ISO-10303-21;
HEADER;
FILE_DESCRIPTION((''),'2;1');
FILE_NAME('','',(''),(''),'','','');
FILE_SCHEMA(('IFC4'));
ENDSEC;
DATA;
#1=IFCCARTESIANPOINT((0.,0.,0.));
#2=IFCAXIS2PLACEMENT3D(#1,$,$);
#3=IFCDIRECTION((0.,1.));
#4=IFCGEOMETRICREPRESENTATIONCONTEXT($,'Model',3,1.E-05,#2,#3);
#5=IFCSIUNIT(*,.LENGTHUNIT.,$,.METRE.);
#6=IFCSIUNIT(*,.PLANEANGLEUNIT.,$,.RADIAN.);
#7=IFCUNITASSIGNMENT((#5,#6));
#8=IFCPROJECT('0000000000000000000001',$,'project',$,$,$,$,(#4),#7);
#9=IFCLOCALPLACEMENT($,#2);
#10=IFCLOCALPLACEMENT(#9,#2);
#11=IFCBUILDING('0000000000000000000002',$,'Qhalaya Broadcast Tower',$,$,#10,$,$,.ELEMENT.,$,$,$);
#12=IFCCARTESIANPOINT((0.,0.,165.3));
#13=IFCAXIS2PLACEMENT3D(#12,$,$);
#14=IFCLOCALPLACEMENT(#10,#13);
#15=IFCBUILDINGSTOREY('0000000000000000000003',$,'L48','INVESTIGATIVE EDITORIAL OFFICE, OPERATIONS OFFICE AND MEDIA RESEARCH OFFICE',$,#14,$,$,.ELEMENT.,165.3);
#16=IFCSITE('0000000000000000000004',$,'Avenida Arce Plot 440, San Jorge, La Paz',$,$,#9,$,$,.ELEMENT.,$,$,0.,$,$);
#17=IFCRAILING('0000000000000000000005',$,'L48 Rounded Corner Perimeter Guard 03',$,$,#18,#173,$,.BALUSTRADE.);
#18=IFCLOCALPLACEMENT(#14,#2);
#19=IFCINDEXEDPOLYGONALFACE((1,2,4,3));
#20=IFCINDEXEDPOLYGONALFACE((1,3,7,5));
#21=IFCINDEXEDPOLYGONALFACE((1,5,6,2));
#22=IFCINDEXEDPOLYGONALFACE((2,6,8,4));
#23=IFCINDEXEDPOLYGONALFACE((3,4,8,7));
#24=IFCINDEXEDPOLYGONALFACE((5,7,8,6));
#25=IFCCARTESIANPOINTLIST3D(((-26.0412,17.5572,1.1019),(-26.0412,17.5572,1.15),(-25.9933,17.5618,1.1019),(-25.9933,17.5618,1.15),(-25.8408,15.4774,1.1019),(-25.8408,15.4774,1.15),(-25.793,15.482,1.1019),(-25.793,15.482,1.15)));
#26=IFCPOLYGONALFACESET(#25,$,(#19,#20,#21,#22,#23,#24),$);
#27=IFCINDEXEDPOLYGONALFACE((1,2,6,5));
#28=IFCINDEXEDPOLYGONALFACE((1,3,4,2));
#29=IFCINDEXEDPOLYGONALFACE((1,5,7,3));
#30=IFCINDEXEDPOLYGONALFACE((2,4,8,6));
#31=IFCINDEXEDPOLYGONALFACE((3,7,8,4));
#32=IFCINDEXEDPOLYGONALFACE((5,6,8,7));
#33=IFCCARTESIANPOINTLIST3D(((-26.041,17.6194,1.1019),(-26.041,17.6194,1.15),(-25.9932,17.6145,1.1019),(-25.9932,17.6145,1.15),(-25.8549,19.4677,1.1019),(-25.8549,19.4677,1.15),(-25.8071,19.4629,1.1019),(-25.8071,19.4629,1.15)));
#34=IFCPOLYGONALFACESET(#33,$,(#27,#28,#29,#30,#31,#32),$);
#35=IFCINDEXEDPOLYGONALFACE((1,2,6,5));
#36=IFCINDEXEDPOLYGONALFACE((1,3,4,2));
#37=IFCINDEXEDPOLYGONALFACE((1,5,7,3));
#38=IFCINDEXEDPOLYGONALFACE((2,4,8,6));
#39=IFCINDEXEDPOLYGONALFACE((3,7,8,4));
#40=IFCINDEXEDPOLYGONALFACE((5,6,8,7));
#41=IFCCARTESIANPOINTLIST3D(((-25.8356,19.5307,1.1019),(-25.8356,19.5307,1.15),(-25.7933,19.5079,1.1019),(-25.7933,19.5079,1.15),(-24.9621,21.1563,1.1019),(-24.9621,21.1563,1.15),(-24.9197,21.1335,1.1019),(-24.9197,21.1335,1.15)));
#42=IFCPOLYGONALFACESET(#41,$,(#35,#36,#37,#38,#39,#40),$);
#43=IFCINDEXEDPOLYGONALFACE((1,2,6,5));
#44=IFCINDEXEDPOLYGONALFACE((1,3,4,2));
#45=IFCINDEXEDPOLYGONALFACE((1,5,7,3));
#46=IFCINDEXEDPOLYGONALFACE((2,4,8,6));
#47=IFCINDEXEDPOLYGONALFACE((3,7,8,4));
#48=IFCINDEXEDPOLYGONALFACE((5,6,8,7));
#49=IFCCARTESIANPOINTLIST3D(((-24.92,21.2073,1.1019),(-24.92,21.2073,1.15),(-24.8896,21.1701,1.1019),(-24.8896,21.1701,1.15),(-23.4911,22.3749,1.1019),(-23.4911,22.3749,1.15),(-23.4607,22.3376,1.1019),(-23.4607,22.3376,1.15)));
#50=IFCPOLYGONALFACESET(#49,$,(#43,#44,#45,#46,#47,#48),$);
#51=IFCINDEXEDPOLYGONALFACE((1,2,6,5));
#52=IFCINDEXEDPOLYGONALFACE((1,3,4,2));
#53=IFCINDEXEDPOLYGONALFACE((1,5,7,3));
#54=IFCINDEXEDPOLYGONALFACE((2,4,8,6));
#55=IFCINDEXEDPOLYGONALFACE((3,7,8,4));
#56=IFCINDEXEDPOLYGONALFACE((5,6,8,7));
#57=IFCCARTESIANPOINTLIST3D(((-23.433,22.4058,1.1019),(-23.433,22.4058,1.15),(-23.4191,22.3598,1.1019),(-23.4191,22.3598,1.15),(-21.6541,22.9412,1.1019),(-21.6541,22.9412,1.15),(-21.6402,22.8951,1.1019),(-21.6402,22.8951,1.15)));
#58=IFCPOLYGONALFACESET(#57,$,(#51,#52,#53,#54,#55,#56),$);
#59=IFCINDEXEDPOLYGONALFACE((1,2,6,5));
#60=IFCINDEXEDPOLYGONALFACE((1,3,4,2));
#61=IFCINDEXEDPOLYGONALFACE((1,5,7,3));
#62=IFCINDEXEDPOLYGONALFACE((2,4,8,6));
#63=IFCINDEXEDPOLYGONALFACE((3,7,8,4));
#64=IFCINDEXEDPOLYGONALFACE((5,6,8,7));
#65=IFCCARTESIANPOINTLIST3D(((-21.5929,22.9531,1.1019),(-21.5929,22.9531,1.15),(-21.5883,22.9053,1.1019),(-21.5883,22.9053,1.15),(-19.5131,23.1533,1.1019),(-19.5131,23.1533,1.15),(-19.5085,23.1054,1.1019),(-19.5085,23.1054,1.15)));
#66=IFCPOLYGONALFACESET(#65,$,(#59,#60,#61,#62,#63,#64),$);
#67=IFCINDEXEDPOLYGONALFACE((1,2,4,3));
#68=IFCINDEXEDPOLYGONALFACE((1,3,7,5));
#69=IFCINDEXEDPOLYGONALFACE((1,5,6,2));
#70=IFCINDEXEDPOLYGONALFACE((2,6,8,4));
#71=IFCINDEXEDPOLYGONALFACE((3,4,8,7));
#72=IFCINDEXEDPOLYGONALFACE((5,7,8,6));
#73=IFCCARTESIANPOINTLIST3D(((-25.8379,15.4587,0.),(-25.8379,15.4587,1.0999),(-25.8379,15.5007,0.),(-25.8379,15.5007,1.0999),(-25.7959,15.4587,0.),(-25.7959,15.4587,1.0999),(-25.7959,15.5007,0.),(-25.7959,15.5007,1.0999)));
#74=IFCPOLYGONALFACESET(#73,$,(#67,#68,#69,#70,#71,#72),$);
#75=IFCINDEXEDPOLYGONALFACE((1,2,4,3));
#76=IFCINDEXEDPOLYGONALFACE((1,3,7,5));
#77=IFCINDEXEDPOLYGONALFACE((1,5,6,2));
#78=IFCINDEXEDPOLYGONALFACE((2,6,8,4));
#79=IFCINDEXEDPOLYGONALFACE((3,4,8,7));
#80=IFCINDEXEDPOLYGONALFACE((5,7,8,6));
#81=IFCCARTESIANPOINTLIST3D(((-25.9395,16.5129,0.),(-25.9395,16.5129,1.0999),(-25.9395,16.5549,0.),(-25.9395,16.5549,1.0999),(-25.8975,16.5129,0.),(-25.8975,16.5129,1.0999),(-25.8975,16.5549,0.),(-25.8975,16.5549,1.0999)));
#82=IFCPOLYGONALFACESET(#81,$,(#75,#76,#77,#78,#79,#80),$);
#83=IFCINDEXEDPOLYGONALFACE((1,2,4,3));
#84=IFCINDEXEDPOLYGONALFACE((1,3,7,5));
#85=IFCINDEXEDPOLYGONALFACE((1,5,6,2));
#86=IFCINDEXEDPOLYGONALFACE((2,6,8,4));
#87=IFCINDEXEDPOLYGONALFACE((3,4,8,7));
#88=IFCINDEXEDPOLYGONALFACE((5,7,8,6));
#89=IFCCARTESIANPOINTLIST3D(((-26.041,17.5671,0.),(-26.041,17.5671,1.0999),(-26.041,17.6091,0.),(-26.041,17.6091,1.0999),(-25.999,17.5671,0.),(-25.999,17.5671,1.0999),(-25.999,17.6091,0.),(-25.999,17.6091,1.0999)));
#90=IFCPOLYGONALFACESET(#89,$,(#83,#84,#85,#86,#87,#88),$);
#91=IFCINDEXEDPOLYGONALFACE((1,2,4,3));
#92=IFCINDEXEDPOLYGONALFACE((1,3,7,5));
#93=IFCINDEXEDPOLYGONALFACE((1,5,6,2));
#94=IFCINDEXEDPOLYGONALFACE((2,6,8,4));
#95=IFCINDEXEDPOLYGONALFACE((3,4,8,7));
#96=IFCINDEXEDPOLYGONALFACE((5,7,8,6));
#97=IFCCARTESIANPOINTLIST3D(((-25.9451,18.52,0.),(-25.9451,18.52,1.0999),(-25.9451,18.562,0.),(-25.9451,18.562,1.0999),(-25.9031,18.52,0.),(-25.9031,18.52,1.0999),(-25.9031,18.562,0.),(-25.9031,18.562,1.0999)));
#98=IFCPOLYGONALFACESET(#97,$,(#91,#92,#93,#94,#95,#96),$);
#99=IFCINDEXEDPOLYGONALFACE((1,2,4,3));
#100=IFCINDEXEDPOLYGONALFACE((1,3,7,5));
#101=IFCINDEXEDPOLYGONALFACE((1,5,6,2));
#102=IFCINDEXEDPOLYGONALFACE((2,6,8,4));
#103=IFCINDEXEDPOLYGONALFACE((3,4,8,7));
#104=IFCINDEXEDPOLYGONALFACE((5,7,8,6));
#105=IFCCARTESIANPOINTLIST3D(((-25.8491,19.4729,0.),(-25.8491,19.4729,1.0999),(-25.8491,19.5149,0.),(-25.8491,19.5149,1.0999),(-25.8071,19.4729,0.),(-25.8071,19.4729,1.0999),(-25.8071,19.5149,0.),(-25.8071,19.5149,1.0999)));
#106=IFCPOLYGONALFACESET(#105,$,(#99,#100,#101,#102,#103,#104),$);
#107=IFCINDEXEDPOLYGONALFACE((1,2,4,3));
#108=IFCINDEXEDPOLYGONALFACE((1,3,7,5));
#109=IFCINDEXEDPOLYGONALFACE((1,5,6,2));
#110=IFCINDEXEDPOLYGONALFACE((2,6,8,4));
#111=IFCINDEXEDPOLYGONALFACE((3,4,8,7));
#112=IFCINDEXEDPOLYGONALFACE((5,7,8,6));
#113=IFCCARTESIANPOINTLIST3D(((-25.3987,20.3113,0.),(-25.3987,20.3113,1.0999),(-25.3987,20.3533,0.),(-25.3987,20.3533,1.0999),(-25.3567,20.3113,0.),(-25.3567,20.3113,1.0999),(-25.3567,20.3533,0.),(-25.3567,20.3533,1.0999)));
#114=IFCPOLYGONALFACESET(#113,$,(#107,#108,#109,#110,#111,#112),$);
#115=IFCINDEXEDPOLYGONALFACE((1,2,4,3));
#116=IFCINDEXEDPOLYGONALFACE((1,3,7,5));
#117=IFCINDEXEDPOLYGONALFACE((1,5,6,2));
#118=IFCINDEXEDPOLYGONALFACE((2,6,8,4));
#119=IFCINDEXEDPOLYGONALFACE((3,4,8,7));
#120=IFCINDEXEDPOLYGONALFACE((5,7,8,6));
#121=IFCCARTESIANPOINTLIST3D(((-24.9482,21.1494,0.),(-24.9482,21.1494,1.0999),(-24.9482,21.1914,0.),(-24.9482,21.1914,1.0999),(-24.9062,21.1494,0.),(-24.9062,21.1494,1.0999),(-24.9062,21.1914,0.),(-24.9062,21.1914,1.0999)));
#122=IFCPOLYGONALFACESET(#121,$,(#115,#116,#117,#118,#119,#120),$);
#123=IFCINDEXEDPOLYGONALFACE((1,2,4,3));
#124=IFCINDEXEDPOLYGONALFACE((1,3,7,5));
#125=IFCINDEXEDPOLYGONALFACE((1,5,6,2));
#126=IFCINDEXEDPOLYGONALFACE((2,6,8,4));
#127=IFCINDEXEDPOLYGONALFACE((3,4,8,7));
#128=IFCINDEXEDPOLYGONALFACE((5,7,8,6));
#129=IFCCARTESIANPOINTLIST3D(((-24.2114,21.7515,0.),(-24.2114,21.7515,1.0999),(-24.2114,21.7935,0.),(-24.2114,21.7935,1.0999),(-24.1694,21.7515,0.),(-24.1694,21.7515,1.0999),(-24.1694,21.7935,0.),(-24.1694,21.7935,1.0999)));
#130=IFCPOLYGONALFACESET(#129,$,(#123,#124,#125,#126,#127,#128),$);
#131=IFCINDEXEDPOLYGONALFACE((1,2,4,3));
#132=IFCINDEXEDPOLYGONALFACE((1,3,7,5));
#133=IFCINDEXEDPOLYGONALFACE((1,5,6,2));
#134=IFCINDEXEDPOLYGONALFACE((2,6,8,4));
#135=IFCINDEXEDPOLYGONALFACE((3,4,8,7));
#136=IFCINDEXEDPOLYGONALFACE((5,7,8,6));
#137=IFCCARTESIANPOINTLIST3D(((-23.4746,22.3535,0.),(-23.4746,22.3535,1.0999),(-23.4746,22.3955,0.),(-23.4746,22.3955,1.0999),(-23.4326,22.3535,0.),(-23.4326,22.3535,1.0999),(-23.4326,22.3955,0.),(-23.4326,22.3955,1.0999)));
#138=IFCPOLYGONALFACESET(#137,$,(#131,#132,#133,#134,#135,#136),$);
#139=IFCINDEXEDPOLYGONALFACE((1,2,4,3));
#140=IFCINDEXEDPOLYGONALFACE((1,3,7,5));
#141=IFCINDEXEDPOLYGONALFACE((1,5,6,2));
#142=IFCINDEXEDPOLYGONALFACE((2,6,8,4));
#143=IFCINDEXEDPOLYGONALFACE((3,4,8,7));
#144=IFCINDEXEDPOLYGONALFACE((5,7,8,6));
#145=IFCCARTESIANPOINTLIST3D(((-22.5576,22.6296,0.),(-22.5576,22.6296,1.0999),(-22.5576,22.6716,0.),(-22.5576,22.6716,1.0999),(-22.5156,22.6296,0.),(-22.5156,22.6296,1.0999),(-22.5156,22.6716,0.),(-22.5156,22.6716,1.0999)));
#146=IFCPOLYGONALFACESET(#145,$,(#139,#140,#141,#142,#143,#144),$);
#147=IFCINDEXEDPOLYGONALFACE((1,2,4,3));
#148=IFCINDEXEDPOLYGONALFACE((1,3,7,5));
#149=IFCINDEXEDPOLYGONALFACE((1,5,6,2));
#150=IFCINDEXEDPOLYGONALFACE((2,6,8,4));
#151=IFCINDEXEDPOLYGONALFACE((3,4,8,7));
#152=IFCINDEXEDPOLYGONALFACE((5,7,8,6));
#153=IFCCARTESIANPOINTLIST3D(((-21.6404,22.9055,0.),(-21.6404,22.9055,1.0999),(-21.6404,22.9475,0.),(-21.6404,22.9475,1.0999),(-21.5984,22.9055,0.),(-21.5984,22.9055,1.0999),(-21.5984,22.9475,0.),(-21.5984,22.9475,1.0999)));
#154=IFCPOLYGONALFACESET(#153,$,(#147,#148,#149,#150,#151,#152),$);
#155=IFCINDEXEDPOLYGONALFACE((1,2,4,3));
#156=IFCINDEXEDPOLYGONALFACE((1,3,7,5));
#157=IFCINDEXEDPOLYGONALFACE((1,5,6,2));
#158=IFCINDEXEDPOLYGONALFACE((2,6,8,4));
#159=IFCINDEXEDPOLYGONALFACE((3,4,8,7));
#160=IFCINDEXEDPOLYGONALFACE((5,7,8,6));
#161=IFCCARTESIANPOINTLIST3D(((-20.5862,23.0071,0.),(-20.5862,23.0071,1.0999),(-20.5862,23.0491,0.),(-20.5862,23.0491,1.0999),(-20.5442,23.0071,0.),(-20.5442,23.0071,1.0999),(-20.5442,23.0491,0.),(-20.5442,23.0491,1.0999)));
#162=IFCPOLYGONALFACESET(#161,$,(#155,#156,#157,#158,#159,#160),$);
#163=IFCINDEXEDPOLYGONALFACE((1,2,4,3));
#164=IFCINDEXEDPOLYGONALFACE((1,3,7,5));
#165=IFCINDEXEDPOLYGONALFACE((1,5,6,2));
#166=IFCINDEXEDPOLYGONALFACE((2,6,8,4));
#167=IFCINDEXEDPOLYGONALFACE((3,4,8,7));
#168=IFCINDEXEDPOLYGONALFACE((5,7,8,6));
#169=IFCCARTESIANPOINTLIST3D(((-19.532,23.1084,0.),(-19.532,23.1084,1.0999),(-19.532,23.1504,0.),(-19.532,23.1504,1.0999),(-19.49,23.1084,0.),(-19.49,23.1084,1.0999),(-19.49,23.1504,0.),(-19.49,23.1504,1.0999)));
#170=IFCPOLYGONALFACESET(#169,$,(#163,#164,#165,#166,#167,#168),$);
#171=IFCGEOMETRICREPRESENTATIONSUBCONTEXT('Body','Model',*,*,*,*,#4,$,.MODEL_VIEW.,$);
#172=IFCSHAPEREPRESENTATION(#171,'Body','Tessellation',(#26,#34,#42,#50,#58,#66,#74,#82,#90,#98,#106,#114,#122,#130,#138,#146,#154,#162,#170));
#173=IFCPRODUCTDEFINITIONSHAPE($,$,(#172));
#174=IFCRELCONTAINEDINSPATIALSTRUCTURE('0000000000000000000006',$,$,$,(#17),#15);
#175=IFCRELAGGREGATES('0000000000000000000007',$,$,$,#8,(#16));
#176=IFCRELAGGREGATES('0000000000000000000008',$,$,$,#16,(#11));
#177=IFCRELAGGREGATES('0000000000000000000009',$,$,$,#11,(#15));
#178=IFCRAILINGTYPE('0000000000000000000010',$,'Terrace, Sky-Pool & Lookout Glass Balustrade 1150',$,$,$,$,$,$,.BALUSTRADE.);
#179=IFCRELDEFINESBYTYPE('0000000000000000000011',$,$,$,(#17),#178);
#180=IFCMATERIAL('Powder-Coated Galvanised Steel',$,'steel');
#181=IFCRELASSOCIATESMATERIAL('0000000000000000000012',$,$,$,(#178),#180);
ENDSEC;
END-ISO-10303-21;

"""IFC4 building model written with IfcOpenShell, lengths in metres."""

from ifc_helpers import new_model, si_unit, direction, frame, origin, origin_2d, place, context, subcontext, project, spatial, rectangle, extrude, material, type_object, element, save


model = new_model("IFC4")

# Units and contexts
model_context = context("Model", 3, precision=1e-05, world=origin(), true_north=direction((0.0, 1.0)))
body_context = subcontext(model_context, "Body", "Model", "MODEL_VIEW")
ifc_project = project(units=[si_unit("LENGTHUNIT", "METRE"), si_unit("PLANEANGLEUNIT", "RADIAN")], contexts=[model_context])

# Site, building, storey
site_placement = place(None, origin())
site = spatial("IfcSite", under=ifc_project, at=site_placement, Name="Avenida Arce Plot 440, San Jorge, La Paz", CompositionType="ELEMENT", RefElevation=0.0)
building_placement = place(site_placement, origin())
building = spatial("IfcBuilding", under=site, at=building_placement, Name="Qhalaya Broadcast Tower", CompositionType="ELEMENT")
storey_placement = place(building_placement, frame((0.0, 0.0, 165.3)))
storey = spatial("IfcBuildingStorey", under=building, at=storey_placement, Name="L48", Description="INVESTIGATIVE EDITORIAL OFFICE, OPERATIONS OFFICE AND MEDIA RESEARCH OFFICE", CompositionType="ELEMENT", Elevation=165.3)

# Railing
ifc_material_1 = material(Name="Powder-Coated Galvanised Steel", Category="steel")
railing_type = type_object("IfcRailingType", Name="Terrace, Sky-Pool & Lookout Glass Balustrade 1150", PredefinedType="BALUSTRADE", material=ifc_material_1)
railing_placement = place(storey_placement, frame((-25.8169, 15.4797, 0.0)))
element("IfcRailing", 1, at=railing_placement, inside=storey, type_object=railing_type, Name="L48 Rounded Corner Perimeter Guard 03", PredefinedType="BALUSTRADE", context=body_context, shape_type="SweptSolid", body=[
    extrude(rectangle(XDim=0.0481, YDim=0.0481, at=origin_2d()), frame((0.0, 0.0, 1.126), z_axis=(-0.095897, 0.995391, 0.0), x_axis=(-0.995391, -0.095897, 0.0)), (0.0, 0.0, 1.0), 2.0894),
    extrude(rectangle(XDim=0.0481, YDim=0.0481, at=origin_2d()), frame((-0.2002, 2.1372, 1.126), z_axis=(0.100185, 0.994969, 0.0), x_axis=(-0.994969, 0.100185, 0.0)), (0.0, 0.0, 1.0), 1.8577),
    extrude(rectangle(XDim=0.0481, YDim=0.0481, at=origin_2d()), frame((0.0024, 4.0396, 1.126), z_axis=(0.473342, 0.880879, 0.0), x_axis=(-0.880879, 0.473342, 0.0)), (0.0, 0.0, 1.0), 1.8455),
    extrude(rectangle(XDim=0.0481, YDim=0.0481, at=origin_2d()), frame((0.9121, 5.709, 1.126), z_axis=(0.774369, 0.632735, 0.0), x_axis=(-0.632735, 0.774369, 0.0)), (0.0, 0.0, 1.0), 1.8452),
    extrude(rectangle(XDim=0.0481, YDim=0.0481, at=origin_2d()), frame((2.3909, 6.9031, 1.126), z_axis=(0.957577, 0.288178, 0.0), x_axis=(-0.288178, 0.957577, 0.0)), (0.0, 0.0, 1.0), 1.8577),
    extrude(rectangle(XDim=0.0481, YDim=0.0481, at=origin_2d()), frame((4.2263, 7.4495, 1.126), z_axis=(0.995402, 0.095783, 0.0), x_axis=(-0.095783, 0.995402, 0.0)), (0.0, 0.0, 1.0), 2.0894),
    extrude(rectangle(XDim=0.042, YDim=0.042, at=origin_2d()), origin(), (0.0, 0.0, 1.0), 1.0999),
    extrude(rectangle(XDim=0.042, YDim=0.042, at=origin_2d()), frame((-0.1016, 1.0542, 0.0)), (0.0, 0.0, 1.0), 1.0999),
    extrude(rectangle(XDim=0.042, YDim=0.042, at=origin_2d()), frame((-0.2031, 2.1084, 0.0)), (0.0, 0.0, 1.0), 1.0999),
    extrude(rectangle(XDim=0.042, YDim=0.042, at=origin_2d()), frame((-0.1072, 3.0613, 0.0)), (0.0, 0.0, 1.0), 1.0999),
    extrude(rectangle(XDim=0.042, YDim=0.042, at=origin_2d()), frame((-0.0112, 4.0142, 0.0)), (0.0, 0.0, 1.0), 1.0999),
    extrude(rectangle(XDim=0.042, YDim=0.042, at=origin_2d()), frame((0.4392, 4.8525, 0.0)), (0.0, 0.0, 1.0), 1.0999),
    extrude(rectangle(XDim=0.042, YDim=0.042, at=origin_2d()), frame((0.8896, 5.6907, 0.0)), (0.0, 0.0, 1.0), 1.0999),
    extrude(rectangle(XDim=0.042, YDim=0.042, at=origin_2d()), frame((1.6265, 6.2927, 0.0)), (0.0, 0.0, 1.0), 1.0999),
    extrude(rectangle(XDim=0.042, YDim=0.042, at=origin_2d()), frame((2.3633, 6.8948, 0.0)), (0.0, 0.0, 1.0), 1.0999),
    extrude(rectangle(XDim=0.042, YDim=0.042, at=origin_2d()), frame((3.2803, 7.1709, 0.0)), (0.0, 0.0, 1.0), 1.0999),
    extrude(rectangle(XDim=0.042, YDim=0.042, at=origin_2d()), frame((4.1975, 7.4468, 0.0)), (0.0, 0.0, 1.0), 1.0999),
    extrude(rectangle(XDim=0.042, YDim=0.042, at=origin_2d()), frame((5.2517, 7.5483, 0.0)), (0.0, 0.0, 1.0), 1.0999),
    extrude(rectangle(XDim=0.042, YDim=0.042, at=origin_2d()), frame((6.3059, 7.6497, 0.0)), (0.0, 0.0, 1.0), 1.0999),
])

save(model, "model.ifc")
